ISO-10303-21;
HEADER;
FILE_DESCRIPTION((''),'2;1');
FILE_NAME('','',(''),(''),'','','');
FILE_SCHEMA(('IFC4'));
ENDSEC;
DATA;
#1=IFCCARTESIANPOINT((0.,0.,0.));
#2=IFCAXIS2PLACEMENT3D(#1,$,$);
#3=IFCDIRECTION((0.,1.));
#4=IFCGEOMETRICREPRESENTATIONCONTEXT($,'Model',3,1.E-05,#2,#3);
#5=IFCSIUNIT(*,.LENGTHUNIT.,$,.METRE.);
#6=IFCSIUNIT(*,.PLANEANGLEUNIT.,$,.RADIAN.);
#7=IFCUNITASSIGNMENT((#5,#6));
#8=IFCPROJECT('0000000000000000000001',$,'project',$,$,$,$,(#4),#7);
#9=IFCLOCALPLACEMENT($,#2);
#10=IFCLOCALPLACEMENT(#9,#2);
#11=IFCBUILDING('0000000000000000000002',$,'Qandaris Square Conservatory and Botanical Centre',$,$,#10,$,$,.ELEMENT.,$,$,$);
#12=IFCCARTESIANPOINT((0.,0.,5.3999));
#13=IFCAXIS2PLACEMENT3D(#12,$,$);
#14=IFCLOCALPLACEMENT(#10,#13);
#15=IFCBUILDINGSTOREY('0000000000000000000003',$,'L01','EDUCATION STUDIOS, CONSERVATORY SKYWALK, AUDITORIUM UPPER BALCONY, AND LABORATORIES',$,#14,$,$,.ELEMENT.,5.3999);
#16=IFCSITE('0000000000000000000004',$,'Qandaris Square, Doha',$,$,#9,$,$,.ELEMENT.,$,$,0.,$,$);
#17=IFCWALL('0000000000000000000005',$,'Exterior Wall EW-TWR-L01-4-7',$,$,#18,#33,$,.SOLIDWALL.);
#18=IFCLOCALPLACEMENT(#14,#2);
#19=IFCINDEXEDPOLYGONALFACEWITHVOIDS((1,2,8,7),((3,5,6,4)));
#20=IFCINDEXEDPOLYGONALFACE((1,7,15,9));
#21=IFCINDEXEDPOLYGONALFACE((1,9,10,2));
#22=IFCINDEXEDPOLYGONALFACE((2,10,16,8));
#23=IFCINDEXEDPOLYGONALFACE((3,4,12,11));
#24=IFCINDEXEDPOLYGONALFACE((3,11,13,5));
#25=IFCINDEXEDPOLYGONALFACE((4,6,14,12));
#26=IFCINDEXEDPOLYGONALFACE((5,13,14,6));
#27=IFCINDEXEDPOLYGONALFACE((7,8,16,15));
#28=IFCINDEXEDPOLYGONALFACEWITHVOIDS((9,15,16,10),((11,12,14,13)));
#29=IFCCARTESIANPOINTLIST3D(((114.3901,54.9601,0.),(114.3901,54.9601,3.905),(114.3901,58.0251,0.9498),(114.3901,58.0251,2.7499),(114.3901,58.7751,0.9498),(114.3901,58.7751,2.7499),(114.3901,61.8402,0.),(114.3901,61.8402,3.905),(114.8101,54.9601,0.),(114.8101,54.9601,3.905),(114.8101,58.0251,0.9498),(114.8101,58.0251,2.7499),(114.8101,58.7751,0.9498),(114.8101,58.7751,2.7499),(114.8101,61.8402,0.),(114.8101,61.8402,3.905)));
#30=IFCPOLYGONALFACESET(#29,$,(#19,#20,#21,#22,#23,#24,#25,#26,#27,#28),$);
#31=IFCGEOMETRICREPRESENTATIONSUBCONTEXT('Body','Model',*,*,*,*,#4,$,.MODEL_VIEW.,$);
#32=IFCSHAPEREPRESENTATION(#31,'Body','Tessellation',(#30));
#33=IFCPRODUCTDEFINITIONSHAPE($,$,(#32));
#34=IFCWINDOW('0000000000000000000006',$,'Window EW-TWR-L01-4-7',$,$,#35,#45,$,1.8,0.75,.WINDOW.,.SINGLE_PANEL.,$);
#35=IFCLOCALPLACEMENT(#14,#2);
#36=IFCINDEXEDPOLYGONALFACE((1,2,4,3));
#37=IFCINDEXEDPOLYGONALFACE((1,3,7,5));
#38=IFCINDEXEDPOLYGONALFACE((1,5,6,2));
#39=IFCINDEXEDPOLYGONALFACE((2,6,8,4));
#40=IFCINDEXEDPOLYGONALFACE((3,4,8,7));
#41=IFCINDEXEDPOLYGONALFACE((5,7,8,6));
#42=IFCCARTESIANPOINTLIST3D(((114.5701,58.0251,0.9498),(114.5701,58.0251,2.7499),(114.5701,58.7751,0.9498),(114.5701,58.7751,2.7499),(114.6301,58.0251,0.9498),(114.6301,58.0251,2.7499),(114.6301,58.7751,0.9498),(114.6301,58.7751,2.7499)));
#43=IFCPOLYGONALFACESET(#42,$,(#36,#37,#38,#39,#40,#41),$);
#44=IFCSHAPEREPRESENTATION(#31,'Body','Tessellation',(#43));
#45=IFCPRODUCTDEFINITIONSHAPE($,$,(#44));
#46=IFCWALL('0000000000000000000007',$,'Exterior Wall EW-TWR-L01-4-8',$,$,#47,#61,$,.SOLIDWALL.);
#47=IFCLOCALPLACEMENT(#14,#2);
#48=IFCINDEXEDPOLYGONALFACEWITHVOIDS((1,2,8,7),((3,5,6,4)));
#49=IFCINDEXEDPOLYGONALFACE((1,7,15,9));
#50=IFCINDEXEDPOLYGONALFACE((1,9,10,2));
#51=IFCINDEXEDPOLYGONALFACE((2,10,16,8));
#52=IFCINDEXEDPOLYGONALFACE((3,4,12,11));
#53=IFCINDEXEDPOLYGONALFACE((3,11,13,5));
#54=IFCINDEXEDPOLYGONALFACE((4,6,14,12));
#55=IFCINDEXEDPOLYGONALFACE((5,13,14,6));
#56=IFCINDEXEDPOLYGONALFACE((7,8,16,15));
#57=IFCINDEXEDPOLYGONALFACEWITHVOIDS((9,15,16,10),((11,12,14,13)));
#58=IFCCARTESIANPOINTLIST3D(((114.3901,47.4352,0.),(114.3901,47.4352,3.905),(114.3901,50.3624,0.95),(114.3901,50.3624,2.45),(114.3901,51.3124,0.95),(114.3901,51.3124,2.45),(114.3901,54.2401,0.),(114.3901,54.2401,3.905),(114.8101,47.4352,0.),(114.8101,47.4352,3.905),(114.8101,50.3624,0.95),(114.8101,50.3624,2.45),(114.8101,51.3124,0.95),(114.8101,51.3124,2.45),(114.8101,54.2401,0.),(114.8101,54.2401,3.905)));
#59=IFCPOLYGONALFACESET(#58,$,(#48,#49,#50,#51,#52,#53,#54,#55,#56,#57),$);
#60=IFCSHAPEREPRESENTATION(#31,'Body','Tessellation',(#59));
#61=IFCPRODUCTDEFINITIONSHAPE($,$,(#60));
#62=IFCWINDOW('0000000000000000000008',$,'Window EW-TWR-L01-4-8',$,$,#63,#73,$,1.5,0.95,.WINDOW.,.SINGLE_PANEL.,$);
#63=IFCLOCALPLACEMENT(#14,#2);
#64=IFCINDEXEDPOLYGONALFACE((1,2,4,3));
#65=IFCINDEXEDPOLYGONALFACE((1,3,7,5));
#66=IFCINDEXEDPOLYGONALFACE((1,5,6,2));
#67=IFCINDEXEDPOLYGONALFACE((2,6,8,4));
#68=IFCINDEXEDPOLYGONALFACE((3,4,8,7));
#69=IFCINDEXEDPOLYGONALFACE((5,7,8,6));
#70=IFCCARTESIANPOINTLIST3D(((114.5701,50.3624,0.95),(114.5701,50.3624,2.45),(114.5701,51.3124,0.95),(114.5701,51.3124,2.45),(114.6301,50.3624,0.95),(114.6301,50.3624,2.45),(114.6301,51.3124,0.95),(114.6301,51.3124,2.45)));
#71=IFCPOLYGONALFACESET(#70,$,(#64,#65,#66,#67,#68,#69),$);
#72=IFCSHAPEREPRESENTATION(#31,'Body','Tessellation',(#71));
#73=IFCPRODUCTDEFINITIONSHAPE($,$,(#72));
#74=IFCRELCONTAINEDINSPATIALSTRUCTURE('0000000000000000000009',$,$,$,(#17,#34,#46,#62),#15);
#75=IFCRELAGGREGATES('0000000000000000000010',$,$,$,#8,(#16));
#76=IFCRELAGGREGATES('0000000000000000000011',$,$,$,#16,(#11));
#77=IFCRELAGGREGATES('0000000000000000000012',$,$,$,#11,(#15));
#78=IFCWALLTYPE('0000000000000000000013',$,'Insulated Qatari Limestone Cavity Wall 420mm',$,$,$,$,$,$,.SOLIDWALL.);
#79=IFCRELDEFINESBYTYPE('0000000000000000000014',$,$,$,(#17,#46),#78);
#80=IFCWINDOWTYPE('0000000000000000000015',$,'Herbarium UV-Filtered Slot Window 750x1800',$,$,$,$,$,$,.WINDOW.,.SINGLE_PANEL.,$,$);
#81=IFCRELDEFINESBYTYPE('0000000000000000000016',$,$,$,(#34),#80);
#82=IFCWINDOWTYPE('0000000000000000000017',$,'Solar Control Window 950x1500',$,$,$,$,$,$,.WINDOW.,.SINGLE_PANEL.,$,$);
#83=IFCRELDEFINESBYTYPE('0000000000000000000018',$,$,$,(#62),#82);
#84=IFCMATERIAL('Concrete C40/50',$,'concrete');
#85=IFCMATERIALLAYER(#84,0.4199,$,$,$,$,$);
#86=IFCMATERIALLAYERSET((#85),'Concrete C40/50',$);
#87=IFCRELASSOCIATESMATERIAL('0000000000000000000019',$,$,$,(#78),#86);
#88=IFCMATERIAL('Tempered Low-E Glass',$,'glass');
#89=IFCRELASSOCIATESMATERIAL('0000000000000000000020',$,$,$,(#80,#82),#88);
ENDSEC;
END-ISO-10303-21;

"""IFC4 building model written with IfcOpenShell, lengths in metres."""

from ifc_helpers import new_model, si_unit, direction, frame, frame_2d, origin, place, context, subcontext, project, spatial, rectangle, extrude, material, layer, layer_set, type_object, element, fill, save


model = new_model("IFC4")

# Units and contexts
model_context = context("Model", 3, precision=1e-05, world=origin(), true_north=direction((0.0, 1.0)))
body_context = subcontext(model_context, "Body", "Model", "MODEL_VIEW")
ifc_project = project(units=[si_unit("LENGTHUNIT", "METRE"), si_unit("PLANEANGLEUNIT", "RADIAN")], contexts=[model_context])

# Site, building, storey
site_placement = place(None, origin())
site = spatial("IfcSite", under=ifc_project, at=site_placement, Name="Qandaris Square, Doha", CompositionType="ELEMENT", RefElevation=0.0)
building_placement = place(site_placement, origin())
building = spatial("IfcBuilding", under=site, at=building_placement, Name="Qandaris Square Conservatory and Botanical Centre", CompositionType="ELEMENT")
storey_placement = place(building_placement, frame((0.0, 0.0, 5.3999)))
storey = spatial("IfcBuildingStorey", under=building, at=storey_placement, Name="L01", Description="EDUCATION STUDIOS, CONSERVATORY SKYWALK, AUDITORIUM UPPER BALCONY, AND LABORATORIES", CompositionType="ELEMENT", Elevation=5.3999)

# Shared definitions
ifc_material_1 = material(Name="Concrete C40/50", Category="concrete")

# Walls, openings, windows
ifc_layer = layer(ifc_material_1, 0.4199)
ifc_layer_set = layer_set([ifc_layer], Name="Concrete C40/50")
wall_type = type_object("IfcWallType", Name="Insulated Qatari Limestone Cavity Wall 420mm", PredefinedType="SOLIDWALL", material=ifc_layer_set)
wall_1_placement = place(storey_placement, frame((114.6001, 61.8401, 0.0), z_axis=(0.0, 0.0, 1.0), x_axis=(0.0, -1.0, 0.0)))
wall_1 = element("IfcWall", 1, at=wall_1_placement, inside=storey, type_object=wall_type, Name="Exterior Wall EW-TWR-L01-4-7", PredefinedType="SOLIDWALL", context=body_context, shape_type="SweptSolid", body=[
    extrude(rectangle(XDim=6.8801, YDim=0.4199, at=frame_2d((3.4399, 0.0))), origin(), (0.0, 0.0, 1.0), 3.905),
])
opening_1_placement = place(wall_1_placement, frame((3.0649, 0.0, 0.95)))
opening_1 = element("IfcOpeningElement", 2, at=opening_1_placement, cuts=wall_1, PredefinedType="OPENING", context=body_context, shape_type="SweptSolid", body=[
    extrude(rectangle(XDim=0.75, YDim=1.8, at=frame_2d((0.375, 0.8999))), frame((0.0, 0.2219, 0.0), z_axis=(0.0, -1.0, 0.0), x_axis=(1.0, 0.0, 0.0)), (0.0, 0.0, 1.0), 0.4438),
])
ifc_material_2 = material(Name="Tempered Low-E Glass", Category="glass")
window_type_1 = type_object("IfcWindowType", Name="Herbarium UV-Filtered Slot Window 750x1800", PartitioningType="SINGLE_PANEL", PredefinedType="WINDOW", material=ifc_material_2)
window_1_placement = place(opening_1_placement, origin())
window_1 = element("IfcWindow", 3, at=window_1_placement, inside=storey, type_object=window_type_1, Name="Window EW-TWR-L01-4-7", OverallHeight=1.8, OverallWidth=0.75, PartitioningType="SINGLE_PANEL", PredefinedType="WINDOW", context=body_context, shape_type="SweptSolid", body=[
    extrude(rectangle(XDim=0.75, YDim=1.8, at=frame_2d((0.375, 0.8999))), frame((0.0, 0.03, 0.0), z_axis=(0.0, -1.0, 0.0), x_axis=(1.0, 0.0, 0.0)), (0.0, 0.0, 1.0), 0.0601),
])
fill(opening_1, window_1)
wall_2_placement = place(storey_placement, frame((114.6001, 54.24, 0.0), z_axis=(0.0, 0.0, 1.0), x_axis=(0.0, -1.0, 0.0)))
wall_2 = element("IfcWall", 4, at=wall_2_placement, inside=storey, type_object=wall_type, Name="Exterior Wall EW-TWR-L01-4-8", PredefinedType="SOLIDWALL", context=body_context, shape_type="SweptSolid", body=[
    extrude(rectangle(XDim=6.8049, YDim=0.4199, at=frame_2d((3.4023, 0.0))), origin(), (0.0, 0.0, 1.0), 3.905),
])
opening_2_placement = place(wall_2_placement, frame((2.9275, 0.0, 0.95)))
opening_2 = element("IfcOpeningElement", 5, at=opening_2_placement, cuts=wall_2, PredefinedType="OPENING", context=body_context, shape_type="SweptSolid", body=[
    extrude(rectangle(XDim=0.95, YDim=1.5, at=frame_2d((0.4751, 0.75))), frame((0.0, 0.2219, 0.0), z_axis=(0.0, -1.0, 0.0), x_axis=(1.0, 0.0, 0.0)), (0.0, 0.0, 1.0), 0.4438),
])
window_type_2 = type_object("IfcWindowType", Name="Solar Control Window 950x1500", PartitioningType="SINGLE_PANEL", PredefinedType="WINDOW", material=ifc_material_2)
window_2_placement = place(opening_2_placement, origin())
window_2 = element("IfcWindow", 6, at=window_2_placement, inside=storey, type_object=window_type_2, Name="Window EW-TWR-L01-4-8", OverallHeight=1.5, OverallWidth=0.95, PartitioningType="SINGLE_PANEL", PredefinedType="WINDOW", context=body_context, shape_type="SweptSolid", body=[
    extrude(rectangle(XDim=0.95, YDim=1.5, at=frame_2d((0.4751, 0.75))), frame((0.0, 0.03, 0.0), z_axis=(0.0, -1.0, 0.0), x_axis=(1.0, 0.0, 0.0)), (0.0, 0.0, 1.0), 0.0601),
])
fill(opening_2, window_2)

save(model, "model.ifc")
